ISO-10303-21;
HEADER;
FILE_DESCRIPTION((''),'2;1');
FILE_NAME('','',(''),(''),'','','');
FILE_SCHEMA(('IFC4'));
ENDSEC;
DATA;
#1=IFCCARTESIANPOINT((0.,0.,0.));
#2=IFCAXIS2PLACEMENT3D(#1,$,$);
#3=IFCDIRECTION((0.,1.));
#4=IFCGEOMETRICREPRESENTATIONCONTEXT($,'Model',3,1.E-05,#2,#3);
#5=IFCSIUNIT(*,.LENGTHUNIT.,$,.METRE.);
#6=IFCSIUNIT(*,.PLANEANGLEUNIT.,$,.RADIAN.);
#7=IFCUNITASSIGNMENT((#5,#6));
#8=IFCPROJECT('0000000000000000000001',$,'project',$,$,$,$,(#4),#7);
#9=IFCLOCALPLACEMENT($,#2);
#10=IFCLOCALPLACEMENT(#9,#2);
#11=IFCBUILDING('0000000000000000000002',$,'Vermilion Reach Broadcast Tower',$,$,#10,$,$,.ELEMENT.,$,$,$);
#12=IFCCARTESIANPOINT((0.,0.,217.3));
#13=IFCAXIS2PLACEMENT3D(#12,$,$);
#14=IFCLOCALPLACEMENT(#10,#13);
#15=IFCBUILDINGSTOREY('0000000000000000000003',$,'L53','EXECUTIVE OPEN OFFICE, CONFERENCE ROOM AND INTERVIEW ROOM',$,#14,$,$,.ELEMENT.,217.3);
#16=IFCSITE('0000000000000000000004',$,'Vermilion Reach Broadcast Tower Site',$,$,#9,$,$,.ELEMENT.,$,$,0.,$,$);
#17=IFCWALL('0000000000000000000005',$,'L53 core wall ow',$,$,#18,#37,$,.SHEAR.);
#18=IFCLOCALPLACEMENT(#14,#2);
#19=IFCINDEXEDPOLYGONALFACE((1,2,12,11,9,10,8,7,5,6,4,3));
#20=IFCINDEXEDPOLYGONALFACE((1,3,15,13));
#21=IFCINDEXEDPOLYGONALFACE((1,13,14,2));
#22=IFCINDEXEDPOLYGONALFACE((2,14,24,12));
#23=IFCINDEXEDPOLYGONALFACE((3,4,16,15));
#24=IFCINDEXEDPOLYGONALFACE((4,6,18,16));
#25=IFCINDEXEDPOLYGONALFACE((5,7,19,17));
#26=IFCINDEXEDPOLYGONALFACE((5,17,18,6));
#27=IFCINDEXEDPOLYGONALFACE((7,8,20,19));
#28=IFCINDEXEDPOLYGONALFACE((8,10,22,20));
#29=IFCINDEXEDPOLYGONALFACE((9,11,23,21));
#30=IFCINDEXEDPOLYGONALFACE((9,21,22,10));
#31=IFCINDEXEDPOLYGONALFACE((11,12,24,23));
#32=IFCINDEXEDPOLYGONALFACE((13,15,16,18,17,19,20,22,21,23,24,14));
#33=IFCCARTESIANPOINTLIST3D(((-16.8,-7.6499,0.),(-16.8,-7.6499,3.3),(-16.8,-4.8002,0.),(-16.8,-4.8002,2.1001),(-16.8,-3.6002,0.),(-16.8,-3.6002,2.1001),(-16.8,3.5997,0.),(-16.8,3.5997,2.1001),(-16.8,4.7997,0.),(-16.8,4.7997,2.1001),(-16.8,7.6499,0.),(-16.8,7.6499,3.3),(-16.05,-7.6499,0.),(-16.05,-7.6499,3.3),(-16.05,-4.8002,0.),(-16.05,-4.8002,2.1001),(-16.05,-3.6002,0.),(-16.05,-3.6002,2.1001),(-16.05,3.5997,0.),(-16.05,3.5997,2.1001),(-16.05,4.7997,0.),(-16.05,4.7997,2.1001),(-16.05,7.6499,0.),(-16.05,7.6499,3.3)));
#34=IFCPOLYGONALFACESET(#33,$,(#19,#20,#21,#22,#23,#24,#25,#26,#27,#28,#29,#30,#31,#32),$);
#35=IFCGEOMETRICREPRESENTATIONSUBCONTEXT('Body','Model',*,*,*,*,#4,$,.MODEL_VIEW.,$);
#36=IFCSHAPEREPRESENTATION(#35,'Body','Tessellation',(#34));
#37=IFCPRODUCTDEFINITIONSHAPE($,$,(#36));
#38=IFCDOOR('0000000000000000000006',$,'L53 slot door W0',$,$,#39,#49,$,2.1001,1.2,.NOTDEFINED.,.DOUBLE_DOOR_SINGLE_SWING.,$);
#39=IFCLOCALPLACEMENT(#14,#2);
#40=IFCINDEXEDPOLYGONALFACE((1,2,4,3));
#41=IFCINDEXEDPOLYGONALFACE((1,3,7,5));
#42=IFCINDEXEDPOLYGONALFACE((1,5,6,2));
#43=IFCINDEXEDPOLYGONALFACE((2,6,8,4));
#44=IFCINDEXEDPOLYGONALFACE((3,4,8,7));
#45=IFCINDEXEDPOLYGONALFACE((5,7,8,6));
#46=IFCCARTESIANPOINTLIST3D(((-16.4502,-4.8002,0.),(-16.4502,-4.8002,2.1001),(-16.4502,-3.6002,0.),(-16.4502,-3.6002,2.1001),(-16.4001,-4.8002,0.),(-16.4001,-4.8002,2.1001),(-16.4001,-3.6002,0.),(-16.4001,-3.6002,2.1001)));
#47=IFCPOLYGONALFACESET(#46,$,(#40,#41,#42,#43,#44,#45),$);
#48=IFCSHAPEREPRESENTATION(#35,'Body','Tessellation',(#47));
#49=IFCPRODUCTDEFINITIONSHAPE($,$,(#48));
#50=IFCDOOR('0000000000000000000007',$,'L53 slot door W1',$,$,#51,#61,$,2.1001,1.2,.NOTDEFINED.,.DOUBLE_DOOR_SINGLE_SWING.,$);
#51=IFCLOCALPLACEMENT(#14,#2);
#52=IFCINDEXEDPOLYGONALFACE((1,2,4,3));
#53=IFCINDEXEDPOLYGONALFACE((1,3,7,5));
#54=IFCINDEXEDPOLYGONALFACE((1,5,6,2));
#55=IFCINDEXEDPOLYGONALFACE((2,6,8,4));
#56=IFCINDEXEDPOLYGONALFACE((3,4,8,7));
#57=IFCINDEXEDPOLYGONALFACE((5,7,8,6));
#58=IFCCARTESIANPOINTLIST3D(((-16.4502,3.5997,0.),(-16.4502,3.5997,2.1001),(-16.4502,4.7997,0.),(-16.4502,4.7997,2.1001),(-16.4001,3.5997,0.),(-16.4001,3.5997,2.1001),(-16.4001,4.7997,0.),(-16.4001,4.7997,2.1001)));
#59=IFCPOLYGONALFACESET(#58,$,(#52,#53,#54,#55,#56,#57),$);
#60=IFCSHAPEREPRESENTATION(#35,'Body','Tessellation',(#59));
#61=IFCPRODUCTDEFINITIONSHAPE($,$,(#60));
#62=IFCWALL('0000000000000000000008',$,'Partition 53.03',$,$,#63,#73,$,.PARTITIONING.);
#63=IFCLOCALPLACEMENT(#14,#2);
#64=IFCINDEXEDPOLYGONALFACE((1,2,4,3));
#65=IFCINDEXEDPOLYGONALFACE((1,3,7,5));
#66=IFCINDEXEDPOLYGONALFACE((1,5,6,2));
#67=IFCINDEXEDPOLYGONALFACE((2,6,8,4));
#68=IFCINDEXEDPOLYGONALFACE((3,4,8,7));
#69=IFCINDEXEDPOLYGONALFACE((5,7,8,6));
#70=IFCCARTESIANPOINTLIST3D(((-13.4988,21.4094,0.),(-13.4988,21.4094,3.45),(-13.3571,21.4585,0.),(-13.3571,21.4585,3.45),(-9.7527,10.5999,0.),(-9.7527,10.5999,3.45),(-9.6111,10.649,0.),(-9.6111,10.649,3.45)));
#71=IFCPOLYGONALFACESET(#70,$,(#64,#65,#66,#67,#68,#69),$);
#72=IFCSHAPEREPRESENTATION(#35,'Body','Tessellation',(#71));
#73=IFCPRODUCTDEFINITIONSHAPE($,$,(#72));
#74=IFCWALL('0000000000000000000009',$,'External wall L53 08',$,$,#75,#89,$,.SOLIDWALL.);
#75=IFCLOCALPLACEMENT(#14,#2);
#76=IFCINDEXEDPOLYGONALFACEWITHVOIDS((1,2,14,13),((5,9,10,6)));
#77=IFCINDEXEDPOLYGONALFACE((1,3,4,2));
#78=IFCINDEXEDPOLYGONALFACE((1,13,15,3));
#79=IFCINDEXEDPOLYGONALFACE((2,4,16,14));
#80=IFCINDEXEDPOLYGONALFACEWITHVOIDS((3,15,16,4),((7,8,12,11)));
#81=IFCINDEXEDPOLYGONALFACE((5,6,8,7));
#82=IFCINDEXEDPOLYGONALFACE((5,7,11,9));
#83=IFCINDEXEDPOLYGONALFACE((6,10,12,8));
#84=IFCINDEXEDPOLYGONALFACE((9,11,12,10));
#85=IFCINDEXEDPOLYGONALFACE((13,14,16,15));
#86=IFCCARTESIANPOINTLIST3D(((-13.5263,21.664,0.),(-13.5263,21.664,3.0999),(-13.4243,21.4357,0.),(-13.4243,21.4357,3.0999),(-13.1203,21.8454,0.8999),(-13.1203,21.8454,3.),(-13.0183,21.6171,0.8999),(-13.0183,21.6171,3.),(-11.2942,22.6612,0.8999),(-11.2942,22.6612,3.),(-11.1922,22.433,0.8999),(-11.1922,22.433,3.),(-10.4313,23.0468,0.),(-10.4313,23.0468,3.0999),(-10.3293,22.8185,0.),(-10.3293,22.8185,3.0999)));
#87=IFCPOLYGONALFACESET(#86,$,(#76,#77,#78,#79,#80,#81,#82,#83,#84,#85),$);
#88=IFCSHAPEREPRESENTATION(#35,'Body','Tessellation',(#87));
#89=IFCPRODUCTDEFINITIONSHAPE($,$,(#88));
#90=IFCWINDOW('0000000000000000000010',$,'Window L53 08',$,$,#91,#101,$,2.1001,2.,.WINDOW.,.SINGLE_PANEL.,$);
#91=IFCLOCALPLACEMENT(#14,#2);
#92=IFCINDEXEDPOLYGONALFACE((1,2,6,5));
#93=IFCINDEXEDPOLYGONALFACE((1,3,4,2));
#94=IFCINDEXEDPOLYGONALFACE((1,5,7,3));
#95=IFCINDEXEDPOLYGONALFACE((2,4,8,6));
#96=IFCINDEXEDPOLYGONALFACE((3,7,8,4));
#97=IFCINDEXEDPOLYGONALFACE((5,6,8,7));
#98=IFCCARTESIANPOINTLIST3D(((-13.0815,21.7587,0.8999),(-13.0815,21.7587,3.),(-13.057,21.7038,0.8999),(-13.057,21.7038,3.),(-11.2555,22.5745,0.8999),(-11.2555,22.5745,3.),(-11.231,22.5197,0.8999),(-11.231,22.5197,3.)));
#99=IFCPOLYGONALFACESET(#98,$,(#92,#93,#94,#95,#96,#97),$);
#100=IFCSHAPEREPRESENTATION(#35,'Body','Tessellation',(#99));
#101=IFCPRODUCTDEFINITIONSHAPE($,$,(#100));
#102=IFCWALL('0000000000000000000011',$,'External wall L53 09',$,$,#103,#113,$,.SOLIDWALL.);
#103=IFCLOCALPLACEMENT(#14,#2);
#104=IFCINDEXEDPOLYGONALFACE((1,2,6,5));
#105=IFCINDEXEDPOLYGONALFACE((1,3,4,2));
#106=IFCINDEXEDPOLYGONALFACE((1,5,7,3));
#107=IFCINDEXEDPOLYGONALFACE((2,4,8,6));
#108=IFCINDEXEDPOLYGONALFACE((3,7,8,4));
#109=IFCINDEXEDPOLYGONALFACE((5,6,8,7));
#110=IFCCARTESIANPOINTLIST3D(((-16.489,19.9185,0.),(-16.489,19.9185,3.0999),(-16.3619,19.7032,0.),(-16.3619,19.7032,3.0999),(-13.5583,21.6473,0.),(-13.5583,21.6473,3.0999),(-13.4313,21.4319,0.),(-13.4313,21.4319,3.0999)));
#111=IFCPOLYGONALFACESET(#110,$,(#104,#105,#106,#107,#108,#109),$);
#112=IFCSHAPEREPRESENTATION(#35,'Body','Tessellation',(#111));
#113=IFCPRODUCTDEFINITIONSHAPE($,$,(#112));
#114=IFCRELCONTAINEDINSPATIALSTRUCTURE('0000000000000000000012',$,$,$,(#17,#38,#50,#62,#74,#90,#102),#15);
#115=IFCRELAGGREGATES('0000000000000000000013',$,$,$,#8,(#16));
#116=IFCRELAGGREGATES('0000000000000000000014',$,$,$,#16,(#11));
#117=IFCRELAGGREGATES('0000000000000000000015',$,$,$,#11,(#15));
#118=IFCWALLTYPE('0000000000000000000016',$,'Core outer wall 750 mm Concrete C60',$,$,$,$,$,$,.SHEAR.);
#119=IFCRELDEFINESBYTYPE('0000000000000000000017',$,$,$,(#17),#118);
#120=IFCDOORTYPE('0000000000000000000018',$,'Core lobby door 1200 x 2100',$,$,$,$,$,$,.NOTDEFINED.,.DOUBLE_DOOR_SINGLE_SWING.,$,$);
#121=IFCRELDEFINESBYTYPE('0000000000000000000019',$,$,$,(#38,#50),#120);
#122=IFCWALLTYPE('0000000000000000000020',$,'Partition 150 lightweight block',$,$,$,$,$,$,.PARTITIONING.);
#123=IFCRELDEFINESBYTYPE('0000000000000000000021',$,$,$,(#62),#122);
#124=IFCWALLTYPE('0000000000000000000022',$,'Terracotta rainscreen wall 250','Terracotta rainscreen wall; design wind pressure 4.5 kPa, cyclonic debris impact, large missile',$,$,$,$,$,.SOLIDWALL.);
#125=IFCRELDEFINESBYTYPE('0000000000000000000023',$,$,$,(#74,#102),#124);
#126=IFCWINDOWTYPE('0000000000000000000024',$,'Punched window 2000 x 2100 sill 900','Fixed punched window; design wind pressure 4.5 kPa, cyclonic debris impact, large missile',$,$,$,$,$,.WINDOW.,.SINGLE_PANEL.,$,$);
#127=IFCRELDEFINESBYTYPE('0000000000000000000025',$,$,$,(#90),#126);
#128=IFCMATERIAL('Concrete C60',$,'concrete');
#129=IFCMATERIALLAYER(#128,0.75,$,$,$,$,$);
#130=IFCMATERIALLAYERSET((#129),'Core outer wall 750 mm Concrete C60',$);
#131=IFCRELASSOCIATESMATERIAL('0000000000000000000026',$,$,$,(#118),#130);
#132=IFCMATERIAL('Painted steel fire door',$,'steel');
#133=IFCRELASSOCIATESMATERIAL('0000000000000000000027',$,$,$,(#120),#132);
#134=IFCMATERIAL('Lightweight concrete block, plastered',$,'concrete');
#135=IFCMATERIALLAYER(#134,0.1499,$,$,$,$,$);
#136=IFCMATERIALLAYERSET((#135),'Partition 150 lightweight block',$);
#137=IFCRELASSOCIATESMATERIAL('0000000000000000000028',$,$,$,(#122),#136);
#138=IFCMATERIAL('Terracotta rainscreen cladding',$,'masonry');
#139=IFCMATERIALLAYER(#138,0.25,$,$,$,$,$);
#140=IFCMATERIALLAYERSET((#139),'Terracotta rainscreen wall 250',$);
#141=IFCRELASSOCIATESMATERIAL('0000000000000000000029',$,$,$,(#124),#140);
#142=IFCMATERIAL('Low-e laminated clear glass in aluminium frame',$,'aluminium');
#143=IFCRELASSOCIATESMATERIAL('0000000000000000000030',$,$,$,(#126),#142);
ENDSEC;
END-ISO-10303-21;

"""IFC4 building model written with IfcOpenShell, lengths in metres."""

from ifc_helpers import new_model, si_unit, direction, frame, frame_2d, origin, place, context, subcontext, project, spatial, rectangle, extrude, material, layer, layer_set, type_object, element, fill, save


model = new_model("IFC4")

# Units and contexts
model_context = context("Model", 3, precision=1e-05, world=origin(), true_north=direction((0.0, 1.0)))
body_context = subcontext(model_context, "Body", "Model", "MODEL_VIEW")
ifc_project = project(units=[si_unit("LENGTHUNIT", "METRE"), si_unit("PLANEANGLEUNIT", "RADIAN")], contexts=[model_context])

# Site, building, storey
site_placement = place(None, origin())
site = spatial("IfcSite", under=ifc_project, at=site_placement, Name="Vermilion Reach Broadcast Tower Site", CompositionType="ELEMENT", RefElevation=0.0)
building_placement = place(site_placement, origin())
building = spatial("IfcBuilding", under=site, at=building_placement, Name="Vermilion Reach Broadcast Tower", CompositionType="ELEMENT")
storey_placement = place(building_placement, frame((0.0, 0.0, 217.3)))
storey = spatial("IfcBuildingStorey", under=building, at=storey_placement, Name="L53", Description="EXECUTIVE OPEN OFFICE, CONFERENCE ROOM AND INTERVIEW ROOM", CompositionType="ELEMENT", Elevation=217.3)

# Wall, openings, doors
ifc_material_1 = material(Name="Concrete C60", Category="concrete")
ifc_layer_1 = layer(ifc_material_1, 0.75)
ifc_layer_set_1 = layer_set([ifc_layer_1], Name="Core outer wall 750 mm Concrete C60")
wall_type_1 = type_object("IfcWallType", Name="Core outer wall 750 mm Concrete C60", PredefinedType="SHEAR", material=ifc_layer_set_1)
wall_1_placement = place(storey_placement, frame((-16.425, 7.6499, 0.0), z_axis=(0.0, 0.0, 1.0), x_axis=(0.0, -1.0, 0.0)))
wall_1 = element("IfcWall", 1, at=wall_1_placement, inside=storey, type_object=wall_type_1, Name="L53 core wall ow", PredefinedType="SHEAR", context=body_context, shape_type="SweptSolid", body=[
    extrude(rectangle(XDim=15.2998, YDim=0.75, at=frame_2d((7.6499, 0.0))), origin(), (0.0, 0.0, 1.0), 3.3),
])
opening_1_placement = place(wall_1_placement, frame((11.25, 0.0, 0.0)))
opening_1 = element("IfcOpeningElement", 2, at=opening_1_placement, cuts=wall_1, PredefinedType="OPENING", context=body_context, shape_type="SweptSolid", body=[
    extrude(rectangle(XDim=1.2, YDim=2.1001, at=frame_2d((0.6001, 1.05))), frame((0.0, 0.385, 0.0), z_axis=(0.0, -1.0, 0.0), x_axis=(1.0, 0.0, 0.0)), (0.0, 0.0, 1.0), 0.77),
])
opening_2_placement = place(wall_1_placement, frame((2.8501, 0.0, 0.0)))
opening_2 = element("IfcOpeningElement", 3, at=opening_2_placement, cuts=wall_1, PredefinedType="OPENING", context=body_context, shape_type="SweptSolid", body=[
    extrude(rectangle(XDim=1.2, YDim=2.1001, at=frame_2d((0.6001, 1.05))), frame((0.0, 0.385, 0.0), z_axis=(0.0, -1.0, 0.0), x_axis=(1.0, 0.0, 0.0)), (0.0, 0.0, 1.0), 0.77),
])
ifc_material_2 = material(Name="Painted steel fire door", Category="steel")
door_type_1 = type_object("IfcDoorType", Name="Core lobby door 1200 x 2100", OperationType="DOUBLE_DOOR_SINGLE_SWING", PredefinedType="NOTDEFINED", material=ifc_material_2)
door_1_placement = place(opening_1_placement, origin())
door_1 = element("IfcDoor", 4, at=door_1_placement, inside=storey, type_object=door_type_1, Name="L53 slot door W0", OperationType="DOUBLE_DOOR_SINGLE_SWING", OverallHeight=2.1001, OverallWidth=1.2, PredefinedType="NOTDEFINED", context=body_context, shape_type="SweptSolid", body=[
    extrude(rectangle(XDim=1.2, YDim=2.1001, at=frame_2d((0.6001, 1.05))), frame((0.0, 0.0249, 0.0), z_axis=(0.0, -1.0, 0.0), x_axis=(1.0, 0.0, 0.0)), (0.0, 0.0, 1.0), 0.05),
])
fill(opening_1, door_1)
door_2_placement = place(opening_2_placement, origin())
door_2 = element("IfcDoor", 5, at=door_2_placement, inside=storey, type_object=door_type_1, Name="L53 slot door W1", OperationType="DOUBLE_DOOR_SINGLE_SWING", OverallHeight=2.1001, OverallWidth=1.2, PredefinedType="NOTDEFINED", context=body_context, shape_type="SweptSolid", body=[
    extrude(rectangle(XDim=1.2, YDim=2.1001, at=frame_2d((0.6001, 1.05))), frame((0.0, 0.0249, 0.0), z_axis=(0.0, -1.0, 0.0), x_axis=(1.0, 0.0, 0.0)), (0.0, 0.0, 1.0), 0.05),
])
fill(opening_2, door_2)

# Wall
ifc_material_3 = material(Name="Lightweight concrete block, plastered", Category="concrete")
ifc_layer_2 = layer(ifc_material_3, 0.1499)
ifc_layer_set_2 = layer_set([ifc_layer_2], Name="Partition 150 lightweight block")
wall_type_2 = type_object("IfcWallType", Name="Partition 150 lightweight block", PredefinedType="PARTITIONING", material=ifc_layer_set_2)
wall_2_placement = place(storey_placement, frame((-13.428, 21.4341, 0.0), z_axis=(0.0, 0.0, 1.0), x_axis=(0.327448, -0.944869, 0.0)))
element("IfcWall", 6, at=wall_2_placement, inside=storey, type_object=wall_type_2, Name="Partition 53.03", PredefinedType="PARTITIONING", context=body_context, shape_type="SweptSolid", body=[
    extrude(rectangle(XDim=11.4402, YDim=0.1499, at=frame_2d((5.7202, 0.0))), origin(), (0.0, 0.0, 1.0), 3.45),
])

# Shared definitions
ifc_material_4 = material(Name="Terracotta rainscreen cladding", Category="masonry")
ifc_layer_3 = layer(ifc_material_4, 0.25)
ifc_layer_set_3 = layer_set([ifc_layer_3], Name="Terracotta rainscreen wall 250")
wall_type_3 = type_object("IfcWallType", Name="Terracotta rainscreen wall 250", Description="Terracotta rainscreen wall; design wind pressure 4.5 kPa, cyclonic debris impact, large missile", PredefinedType="SOLIDWALL", material=ifc_layer_set_3)

# Wall, opening, window
wall_3_placement = place(storey_placement, frame((-10.3804, 22.9326, 0.0), z_axis=(0.0, 0.0, 1.0), x_axis=(-0.913014, -0.407929, 0.0)))
wall_3 = element("IfcWall", 7, at=wall_3_placement, inside=storey, type_object=wall_type_3, Name="External wall L53 08", PredefinedType="SOLIDWALL", context=body_context, shape_type="SweptSolid", body=[
    extrude(rectangle(XDim=3.3899, YDim=0.25, at=frame_2d((1.6948, 0.0))), origin(), (0.0, 0.0, 1.0), 3.0999),
])
opening_3_placement = place(wall_3_placement, frame((0.9451, 0.0, 0.8999)))
opening_3 = element("IfcOpeningElement", 8, at=opening_3_placement, cuts=wall_3, PredefinedType="OPENING", context=body_context, shape_type="SweptSolid", body=[
    extrude(rectangle(XDim=2.0, YDim=2.1001, at=frame_2d((1.0, 1.05))), frame((0.0, 0.135, 0.0), z_axis=(0.0, -1.0, 0.0), x_axis=(1.0, 0.0, 0.0)), (0.0, 0.0, 1.0), 0.27),
])
ifc_material_5 = material(Name="Low-e laminated clear glass in aluminium frame", Category="aluminium")
window_type = type_object("IfcWindowType", Name="Punched window 2000 x 2100 sill 900", Description="Fixed punched window; design wind pressure 4.5 kPa, cyclonic debris impact, large missile", PartitioningType="SINGLE_PANEL", PredefinedType="WINDOW", material=ifc_material_5)
window_placement = place(opening_3_placement, origin())
window = element("IfcWindow", 9, at=window_placement, inside=storey, type_object=window_type, Name="Window L53 08", OverallHeight=2.1001, OverallWidth=2.0, PartitioningType="SINGLE_PANEL", PredefinedType="WINDOW", context=body_context, shape_type="SweptSolid", body=[
    extrude(rectangle(XDim=2.0, YDim=2.1001, at=frame_2d((1.0, 1.05))), frame((0.0, 0.03, 0.0), z_axis=(0.0, -1.0, 0.0), x_axis=(1.0, 0.0, 0.0)), (0.0, 0.0, 1.0), 0.0601),
])
fill(opening_3, window)

# Wall
wall_4_placement = place(storey_placement, frame((-13.4949, 21.5396, 0.0), z_axis=(0.0, 0.0, 1.0), x_axis=(-0.861312, -0.508076, 0.0)))
element("IfcWall", 10, at=wall_4_placement, inside=storey, type_object=wall_type_3, Name="External wall L53 09", PredefinedType="SOLIDWALL", context=body_context, shape_type="SweptSolid", body=[
    extrude(rectangle(XDim=3.4026, YDim=0.25, at=frame_2d((1.7012, 0.0))), origin(), (0.0, 0.0, 1.0), 3.0999),
])

save(model, "model.ifc")
